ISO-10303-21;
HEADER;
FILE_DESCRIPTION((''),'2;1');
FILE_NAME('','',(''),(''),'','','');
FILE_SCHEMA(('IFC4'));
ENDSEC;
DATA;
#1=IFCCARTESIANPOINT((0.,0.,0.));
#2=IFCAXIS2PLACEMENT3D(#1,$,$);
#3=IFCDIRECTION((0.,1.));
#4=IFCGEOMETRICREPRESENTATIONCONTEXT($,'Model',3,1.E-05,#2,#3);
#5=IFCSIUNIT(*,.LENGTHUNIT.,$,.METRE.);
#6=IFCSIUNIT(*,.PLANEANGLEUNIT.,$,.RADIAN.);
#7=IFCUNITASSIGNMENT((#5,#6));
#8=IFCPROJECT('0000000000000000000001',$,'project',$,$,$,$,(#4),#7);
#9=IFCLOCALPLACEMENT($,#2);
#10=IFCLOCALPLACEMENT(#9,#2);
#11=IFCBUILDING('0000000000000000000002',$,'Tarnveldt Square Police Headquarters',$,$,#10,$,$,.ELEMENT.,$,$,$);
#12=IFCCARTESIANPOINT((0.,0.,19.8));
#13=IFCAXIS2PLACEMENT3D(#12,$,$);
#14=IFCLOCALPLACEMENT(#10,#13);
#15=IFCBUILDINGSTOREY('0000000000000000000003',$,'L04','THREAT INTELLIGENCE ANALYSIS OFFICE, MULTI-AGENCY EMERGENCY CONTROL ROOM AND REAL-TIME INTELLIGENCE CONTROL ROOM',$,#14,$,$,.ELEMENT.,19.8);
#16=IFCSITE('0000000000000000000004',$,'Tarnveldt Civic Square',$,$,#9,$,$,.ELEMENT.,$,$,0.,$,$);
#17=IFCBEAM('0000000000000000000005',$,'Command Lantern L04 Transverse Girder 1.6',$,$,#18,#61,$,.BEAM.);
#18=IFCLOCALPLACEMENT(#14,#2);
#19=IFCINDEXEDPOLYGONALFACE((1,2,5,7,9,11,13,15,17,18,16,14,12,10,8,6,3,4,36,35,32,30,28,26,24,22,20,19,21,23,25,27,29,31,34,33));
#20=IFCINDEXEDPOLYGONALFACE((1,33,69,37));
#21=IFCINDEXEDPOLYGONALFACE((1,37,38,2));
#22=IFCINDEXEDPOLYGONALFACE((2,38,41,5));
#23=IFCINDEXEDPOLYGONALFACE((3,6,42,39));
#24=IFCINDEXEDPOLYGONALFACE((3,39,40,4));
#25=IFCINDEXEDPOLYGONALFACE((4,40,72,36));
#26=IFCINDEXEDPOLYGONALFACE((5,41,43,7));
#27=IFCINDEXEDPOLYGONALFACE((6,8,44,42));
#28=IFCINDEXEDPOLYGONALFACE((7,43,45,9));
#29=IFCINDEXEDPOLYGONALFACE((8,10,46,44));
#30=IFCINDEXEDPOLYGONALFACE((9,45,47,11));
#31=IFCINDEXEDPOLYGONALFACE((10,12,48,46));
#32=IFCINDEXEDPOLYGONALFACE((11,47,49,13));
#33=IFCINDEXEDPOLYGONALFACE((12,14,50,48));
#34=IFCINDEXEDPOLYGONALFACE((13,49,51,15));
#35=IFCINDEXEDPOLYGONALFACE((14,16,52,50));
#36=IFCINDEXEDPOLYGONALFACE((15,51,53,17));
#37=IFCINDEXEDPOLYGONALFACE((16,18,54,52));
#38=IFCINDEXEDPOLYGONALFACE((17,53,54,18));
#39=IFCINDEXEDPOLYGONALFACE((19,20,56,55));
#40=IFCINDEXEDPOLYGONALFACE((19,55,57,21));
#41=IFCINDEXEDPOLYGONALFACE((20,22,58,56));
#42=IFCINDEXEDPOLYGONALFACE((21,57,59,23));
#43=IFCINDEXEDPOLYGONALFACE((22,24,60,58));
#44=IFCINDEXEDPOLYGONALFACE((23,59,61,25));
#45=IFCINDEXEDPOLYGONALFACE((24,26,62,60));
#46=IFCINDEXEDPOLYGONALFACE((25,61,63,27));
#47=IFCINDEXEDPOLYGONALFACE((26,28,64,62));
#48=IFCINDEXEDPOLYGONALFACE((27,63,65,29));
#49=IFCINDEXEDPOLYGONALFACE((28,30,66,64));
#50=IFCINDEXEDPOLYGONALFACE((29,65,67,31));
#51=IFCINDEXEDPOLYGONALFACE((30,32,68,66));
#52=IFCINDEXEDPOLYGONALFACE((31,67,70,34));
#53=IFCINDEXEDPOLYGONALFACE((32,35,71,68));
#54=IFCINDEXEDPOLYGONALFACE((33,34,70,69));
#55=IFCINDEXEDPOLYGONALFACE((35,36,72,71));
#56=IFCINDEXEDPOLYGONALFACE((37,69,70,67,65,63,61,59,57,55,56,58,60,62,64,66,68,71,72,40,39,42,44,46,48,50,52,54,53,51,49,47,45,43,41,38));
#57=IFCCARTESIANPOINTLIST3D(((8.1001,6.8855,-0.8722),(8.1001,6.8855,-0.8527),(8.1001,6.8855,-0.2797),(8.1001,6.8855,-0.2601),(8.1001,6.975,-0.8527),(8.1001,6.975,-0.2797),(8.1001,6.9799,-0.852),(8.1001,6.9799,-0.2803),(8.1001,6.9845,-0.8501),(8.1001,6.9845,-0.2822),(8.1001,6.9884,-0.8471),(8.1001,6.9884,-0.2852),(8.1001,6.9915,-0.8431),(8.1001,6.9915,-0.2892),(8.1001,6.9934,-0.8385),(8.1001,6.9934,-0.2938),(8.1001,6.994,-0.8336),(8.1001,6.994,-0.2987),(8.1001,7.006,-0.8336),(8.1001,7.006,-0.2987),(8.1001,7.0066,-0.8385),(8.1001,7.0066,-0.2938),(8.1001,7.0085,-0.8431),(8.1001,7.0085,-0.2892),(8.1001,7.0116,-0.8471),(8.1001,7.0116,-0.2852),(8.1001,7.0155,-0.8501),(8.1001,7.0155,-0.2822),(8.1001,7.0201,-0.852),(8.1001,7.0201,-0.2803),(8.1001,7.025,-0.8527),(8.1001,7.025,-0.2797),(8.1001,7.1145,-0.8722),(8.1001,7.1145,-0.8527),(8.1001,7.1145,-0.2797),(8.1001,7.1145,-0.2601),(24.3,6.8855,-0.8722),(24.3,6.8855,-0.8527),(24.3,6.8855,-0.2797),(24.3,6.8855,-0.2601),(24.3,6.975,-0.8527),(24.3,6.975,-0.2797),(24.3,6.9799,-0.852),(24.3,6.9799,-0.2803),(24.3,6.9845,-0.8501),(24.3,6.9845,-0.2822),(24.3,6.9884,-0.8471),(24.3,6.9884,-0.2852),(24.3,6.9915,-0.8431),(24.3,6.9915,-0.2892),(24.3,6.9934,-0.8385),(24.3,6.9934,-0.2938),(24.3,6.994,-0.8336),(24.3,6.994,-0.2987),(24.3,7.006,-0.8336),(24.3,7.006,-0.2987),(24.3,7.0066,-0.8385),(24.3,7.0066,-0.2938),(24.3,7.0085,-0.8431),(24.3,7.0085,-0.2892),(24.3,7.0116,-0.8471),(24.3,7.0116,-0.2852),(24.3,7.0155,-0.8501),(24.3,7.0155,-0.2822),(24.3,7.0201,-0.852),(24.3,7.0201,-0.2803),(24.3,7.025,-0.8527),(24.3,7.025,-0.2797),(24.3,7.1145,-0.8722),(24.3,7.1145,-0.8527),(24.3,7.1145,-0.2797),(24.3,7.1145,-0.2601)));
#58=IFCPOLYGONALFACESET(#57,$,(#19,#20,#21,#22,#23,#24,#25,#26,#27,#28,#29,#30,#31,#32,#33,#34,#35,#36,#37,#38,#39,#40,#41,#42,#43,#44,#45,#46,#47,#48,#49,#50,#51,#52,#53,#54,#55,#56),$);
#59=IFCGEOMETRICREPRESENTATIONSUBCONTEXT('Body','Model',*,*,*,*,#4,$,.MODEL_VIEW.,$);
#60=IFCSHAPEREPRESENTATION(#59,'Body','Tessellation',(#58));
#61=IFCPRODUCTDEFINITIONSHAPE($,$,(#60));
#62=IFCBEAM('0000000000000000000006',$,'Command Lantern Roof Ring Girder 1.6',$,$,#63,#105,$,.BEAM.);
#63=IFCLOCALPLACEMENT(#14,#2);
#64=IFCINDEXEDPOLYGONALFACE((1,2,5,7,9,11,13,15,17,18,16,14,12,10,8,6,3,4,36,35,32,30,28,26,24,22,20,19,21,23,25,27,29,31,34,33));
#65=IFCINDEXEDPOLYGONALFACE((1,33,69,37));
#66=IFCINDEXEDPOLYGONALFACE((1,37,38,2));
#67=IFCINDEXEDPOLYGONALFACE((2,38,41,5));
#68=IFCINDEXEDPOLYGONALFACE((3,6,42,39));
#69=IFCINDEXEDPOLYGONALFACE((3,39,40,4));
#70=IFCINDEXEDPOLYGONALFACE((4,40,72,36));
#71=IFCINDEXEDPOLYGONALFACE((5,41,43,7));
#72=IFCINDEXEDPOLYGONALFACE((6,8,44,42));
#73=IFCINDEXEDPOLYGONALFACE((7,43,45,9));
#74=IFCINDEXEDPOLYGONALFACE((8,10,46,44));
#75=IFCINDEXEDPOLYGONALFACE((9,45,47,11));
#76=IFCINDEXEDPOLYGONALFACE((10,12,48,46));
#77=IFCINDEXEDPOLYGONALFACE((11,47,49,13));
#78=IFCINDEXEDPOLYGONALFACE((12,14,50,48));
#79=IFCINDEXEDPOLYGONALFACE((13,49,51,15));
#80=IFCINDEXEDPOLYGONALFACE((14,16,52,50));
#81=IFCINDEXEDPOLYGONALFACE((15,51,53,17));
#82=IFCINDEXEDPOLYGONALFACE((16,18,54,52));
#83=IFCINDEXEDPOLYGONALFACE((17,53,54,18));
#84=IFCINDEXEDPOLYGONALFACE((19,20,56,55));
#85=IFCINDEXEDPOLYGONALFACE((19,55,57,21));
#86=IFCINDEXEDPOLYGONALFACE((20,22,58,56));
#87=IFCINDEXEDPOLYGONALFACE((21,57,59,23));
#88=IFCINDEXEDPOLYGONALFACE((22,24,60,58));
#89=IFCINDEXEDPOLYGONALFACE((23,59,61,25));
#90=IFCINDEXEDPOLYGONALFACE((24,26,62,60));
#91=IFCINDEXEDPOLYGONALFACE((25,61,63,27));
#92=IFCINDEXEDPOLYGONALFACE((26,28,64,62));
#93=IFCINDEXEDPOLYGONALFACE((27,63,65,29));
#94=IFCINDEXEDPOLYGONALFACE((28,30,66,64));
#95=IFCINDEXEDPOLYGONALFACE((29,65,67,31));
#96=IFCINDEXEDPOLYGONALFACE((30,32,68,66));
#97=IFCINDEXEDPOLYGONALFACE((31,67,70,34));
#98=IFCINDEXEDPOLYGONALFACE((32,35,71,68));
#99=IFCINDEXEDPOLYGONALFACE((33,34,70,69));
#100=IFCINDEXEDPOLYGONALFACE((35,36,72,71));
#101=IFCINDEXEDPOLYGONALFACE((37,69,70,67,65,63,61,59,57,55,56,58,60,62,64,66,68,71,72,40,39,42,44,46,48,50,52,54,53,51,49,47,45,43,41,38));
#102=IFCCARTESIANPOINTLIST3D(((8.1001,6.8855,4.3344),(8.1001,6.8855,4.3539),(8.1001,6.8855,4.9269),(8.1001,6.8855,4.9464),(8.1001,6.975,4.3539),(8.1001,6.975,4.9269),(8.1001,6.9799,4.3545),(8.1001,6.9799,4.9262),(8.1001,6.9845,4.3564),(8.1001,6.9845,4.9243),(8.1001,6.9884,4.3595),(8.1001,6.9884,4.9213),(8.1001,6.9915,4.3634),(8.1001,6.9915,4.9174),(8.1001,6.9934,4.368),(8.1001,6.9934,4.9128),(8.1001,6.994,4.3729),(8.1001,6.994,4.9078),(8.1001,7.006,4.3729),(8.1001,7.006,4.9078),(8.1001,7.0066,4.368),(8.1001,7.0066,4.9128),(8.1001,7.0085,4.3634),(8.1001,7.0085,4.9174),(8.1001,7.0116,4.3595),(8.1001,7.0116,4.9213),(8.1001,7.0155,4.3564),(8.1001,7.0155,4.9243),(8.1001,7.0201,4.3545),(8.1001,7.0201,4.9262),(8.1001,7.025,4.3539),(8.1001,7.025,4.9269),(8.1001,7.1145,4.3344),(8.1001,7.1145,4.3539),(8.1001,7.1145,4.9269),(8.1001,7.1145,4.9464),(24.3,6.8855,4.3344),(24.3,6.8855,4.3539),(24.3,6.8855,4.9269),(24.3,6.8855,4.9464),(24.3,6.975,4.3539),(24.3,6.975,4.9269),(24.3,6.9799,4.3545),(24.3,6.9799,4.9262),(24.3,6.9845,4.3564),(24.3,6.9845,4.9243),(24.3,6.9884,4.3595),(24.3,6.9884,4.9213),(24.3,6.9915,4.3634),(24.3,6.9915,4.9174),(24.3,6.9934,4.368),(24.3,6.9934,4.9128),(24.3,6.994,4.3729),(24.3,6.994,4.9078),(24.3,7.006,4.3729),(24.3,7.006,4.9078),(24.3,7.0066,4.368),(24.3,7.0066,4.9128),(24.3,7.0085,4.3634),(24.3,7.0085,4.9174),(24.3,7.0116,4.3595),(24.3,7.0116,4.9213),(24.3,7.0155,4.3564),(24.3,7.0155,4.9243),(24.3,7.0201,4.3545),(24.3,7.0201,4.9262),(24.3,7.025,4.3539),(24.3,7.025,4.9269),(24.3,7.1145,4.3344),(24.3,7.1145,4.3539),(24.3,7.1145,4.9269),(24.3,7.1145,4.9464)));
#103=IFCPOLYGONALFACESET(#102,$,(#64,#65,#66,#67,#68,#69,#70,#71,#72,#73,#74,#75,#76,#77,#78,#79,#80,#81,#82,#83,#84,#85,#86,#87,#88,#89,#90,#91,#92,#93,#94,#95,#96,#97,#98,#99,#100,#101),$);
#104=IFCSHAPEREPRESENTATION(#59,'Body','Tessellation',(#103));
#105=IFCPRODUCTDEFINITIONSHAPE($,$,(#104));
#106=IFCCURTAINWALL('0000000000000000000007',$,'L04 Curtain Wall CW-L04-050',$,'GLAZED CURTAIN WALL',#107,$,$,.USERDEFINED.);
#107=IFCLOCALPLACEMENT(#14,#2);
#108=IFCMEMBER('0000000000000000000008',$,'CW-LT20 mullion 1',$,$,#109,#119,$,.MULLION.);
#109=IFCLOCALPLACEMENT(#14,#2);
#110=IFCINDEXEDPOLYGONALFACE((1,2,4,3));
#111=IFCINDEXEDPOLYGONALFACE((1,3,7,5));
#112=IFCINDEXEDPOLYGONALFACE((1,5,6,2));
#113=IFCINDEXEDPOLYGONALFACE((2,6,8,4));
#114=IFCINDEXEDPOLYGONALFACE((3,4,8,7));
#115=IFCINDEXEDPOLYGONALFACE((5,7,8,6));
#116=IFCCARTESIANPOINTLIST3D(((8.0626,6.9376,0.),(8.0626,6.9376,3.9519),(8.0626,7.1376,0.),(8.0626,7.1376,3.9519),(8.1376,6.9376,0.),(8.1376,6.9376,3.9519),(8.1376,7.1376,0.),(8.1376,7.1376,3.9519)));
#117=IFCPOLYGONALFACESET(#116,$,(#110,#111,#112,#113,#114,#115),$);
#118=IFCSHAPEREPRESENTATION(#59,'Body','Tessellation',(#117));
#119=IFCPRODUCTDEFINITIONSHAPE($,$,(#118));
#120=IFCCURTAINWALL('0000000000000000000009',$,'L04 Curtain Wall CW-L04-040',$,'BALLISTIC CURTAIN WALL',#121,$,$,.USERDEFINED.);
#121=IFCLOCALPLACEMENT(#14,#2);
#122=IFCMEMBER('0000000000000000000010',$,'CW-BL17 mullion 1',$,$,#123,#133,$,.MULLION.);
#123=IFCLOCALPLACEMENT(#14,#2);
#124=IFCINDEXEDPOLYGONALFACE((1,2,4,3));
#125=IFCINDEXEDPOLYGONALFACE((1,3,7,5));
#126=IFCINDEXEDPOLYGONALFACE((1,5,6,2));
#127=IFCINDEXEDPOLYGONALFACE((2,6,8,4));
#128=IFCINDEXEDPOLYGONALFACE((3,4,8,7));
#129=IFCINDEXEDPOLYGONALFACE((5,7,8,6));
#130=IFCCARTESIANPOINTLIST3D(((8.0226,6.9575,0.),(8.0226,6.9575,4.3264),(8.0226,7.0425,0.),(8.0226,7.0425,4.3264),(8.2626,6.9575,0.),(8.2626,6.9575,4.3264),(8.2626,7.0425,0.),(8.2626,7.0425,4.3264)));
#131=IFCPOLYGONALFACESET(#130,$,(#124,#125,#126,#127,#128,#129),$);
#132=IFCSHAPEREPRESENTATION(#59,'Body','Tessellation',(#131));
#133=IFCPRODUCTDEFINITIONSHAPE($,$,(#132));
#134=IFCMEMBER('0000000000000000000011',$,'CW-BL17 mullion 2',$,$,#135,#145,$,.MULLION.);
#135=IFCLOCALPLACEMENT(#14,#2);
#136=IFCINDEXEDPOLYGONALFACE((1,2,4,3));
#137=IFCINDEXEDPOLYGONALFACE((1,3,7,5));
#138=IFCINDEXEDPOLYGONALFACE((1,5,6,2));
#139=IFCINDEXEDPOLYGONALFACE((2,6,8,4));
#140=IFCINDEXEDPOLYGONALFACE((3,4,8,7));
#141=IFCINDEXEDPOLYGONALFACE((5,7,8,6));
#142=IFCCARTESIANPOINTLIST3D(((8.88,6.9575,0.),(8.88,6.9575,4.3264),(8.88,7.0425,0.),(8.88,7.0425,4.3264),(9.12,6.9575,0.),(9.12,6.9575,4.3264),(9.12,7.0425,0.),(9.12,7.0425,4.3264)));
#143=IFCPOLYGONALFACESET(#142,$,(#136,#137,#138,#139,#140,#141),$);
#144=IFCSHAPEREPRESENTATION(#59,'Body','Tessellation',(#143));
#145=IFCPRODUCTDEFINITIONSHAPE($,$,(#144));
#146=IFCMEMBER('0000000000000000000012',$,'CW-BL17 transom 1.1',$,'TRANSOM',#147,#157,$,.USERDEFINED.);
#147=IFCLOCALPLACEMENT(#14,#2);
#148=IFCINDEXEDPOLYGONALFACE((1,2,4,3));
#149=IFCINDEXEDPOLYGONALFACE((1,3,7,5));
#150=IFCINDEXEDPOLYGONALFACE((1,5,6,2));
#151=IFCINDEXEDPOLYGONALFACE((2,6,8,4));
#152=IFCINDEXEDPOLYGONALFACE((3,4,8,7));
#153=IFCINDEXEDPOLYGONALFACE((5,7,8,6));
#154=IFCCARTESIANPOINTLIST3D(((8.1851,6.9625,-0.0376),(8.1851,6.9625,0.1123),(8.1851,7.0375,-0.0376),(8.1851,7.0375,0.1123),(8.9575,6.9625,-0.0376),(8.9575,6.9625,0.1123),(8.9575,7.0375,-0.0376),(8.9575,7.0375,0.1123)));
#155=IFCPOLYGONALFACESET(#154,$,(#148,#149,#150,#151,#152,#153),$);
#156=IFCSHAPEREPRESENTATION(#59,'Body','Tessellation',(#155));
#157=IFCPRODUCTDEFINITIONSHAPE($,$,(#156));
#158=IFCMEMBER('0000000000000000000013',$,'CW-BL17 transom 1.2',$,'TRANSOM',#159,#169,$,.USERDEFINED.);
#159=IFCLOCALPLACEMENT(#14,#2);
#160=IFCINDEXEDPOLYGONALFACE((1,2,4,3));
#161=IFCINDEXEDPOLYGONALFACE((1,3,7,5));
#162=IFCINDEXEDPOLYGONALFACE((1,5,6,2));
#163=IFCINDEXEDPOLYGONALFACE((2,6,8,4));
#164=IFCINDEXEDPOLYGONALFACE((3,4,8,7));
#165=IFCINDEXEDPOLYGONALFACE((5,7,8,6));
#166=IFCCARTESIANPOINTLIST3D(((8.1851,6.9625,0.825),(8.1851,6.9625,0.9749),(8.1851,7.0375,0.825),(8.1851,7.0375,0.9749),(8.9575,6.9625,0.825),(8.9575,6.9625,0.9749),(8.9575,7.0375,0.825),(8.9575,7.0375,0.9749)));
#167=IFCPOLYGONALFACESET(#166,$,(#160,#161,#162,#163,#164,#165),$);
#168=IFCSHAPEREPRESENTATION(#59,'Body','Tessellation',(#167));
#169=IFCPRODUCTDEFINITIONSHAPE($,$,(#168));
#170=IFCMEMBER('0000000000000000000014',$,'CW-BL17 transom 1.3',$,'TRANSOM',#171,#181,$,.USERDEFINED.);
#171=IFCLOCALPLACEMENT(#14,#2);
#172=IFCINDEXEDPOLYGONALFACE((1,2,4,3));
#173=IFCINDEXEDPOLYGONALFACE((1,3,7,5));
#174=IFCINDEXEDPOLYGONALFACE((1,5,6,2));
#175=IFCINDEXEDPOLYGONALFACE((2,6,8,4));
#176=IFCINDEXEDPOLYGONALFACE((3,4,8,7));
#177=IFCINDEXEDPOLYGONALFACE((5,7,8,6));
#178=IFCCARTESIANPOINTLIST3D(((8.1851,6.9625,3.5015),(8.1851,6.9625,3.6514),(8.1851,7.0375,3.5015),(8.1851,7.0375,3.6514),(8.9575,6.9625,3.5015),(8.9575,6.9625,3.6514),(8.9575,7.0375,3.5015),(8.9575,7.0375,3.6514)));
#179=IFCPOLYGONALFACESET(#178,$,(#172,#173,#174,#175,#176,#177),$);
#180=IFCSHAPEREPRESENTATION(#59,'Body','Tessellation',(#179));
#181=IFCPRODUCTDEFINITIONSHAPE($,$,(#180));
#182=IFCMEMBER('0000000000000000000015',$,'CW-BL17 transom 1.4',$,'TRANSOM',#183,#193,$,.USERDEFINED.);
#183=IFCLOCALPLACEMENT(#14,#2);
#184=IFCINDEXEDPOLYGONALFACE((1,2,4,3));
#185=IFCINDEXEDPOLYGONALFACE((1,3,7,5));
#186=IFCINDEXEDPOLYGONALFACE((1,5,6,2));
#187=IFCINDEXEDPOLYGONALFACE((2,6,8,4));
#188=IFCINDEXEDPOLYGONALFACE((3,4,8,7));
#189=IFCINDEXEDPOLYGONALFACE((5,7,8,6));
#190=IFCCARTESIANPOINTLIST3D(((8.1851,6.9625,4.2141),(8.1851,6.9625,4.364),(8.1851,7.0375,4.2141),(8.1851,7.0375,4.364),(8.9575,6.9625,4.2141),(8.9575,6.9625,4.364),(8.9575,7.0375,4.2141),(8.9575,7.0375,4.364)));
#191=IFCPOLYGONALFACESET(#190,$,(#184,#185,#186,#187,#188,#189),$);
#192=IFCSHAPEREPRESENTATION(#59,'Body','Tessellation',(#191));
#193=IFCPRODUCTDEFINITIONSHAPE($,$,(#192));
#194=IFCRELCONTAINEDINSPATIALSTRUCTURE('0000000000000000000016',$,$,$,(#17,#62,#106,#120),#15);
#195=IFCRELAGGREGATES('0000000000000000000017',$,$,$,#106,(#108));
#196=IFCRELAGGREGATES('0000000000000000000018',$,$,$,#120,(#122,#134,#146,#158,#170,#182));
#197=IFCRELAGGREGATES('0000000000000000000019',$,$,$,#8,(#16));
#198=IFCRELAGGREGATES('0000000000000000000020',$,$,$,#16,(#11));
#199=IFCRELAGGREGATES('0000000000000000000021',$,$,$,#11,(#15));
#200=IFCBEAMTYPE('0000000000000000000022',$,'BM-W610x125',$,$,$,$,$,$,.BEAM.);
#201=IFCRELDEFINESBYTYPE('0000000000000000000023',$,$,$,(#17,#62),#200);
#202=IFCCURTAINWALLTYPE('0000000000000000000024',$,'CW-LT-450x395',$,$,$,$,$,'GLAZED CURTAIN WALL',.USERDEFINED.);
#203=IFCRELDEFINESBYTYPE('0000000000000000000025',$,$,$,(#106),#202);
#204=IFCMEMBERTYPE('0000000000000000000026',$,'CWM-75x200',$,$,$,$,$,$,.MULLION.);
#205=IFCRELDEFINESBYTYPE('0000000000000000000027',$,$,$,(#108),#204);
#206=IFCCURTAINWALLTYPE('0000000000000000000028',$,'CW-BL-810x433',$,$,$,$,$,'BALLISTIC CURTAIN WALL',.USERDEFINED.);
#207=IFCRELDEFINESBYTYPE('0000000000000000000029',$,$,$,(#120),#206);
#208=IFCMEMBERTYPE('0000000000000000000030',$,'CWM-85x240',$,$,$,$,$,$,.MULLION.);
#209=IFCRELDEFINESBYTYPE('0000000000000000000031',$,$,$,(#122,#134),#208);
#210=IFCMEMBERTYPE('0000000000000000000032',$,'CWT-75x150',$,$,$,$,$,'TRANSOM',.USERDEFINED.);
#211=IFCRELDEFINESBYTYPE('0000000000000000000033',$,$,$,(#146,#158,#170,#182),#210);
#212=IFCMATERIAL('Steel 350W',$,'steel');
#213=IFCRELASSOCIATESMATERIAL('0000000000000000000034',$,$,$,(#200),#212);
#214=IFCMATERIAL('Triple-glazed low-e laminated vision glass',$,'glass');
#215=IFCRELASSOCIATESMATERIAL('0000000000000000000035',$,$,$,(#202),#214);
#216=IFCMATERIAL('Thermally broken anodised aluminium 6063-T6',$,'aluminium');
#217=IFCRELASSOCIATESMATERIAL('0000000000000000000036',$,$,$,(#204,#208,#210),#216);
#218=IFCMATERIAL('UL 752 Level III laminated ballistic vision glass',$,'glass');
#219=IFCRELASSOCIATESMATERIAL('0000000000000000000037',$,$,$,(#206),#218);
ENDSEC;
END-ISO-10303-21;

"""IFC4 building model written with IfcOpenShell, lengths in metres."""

from ifc_helpers import new_model, si_unit, direction, frame, origin, origin_2d, place, context, subcontext, project, spatial, rectangle, i_section, extrude, material, material_profile, profile_set, type_object, element, aggregate, save


model = new_model("IFC4")

# Units and contexts
model_context = context("Model", 3, precision=1e-05, world=origin(), true_north=direction((0.0, 1.0)))
body_context = subcontext(model_context, "Body", "Model", "MODEL_VIEW")
ifc_project = project(units=[si_unit("LENGTHUNIT", "METRE"), si_unit("PLANEANGLEUNIT", "RADIAN")], contexts=[model_context])

# Site, building, storey
site_placement = place(None, origin())
site = spatial("IfcSite", under=ifc_project, at=site_placement, Name="Tarnveldt Civic Square", CompositionType="ELEMENT", RefElevation=0.0)
building_placement = place(site_placement, origin())
building = spatial("IfcBuilding", under=site, at=building_placement, Name="Tarnveldt Square Police Headquarters", CompositionType="ELEMENT")
storey_placement = place(building_placement, frame((0.0, 0.0, 19.8)))
storey = spatial("IfcBuildingStorey", under=building, at=storey_placement, Name="L04", Description="THREAT INTELLIGENCE ANALYSIS OFFICE, MULTI-AGENCY EMERGENCY CONTROL ROOM AND REAL-TIME INTELLIGENCE CONTROL ROOM", CompositionType="ELEMENT", Elevation=19.8)

# Beams
ifc_material_1 = material(Name="Steel 350W", Category="steel")
ifc_material_profile_1 = material_profile(ifc_material_1, i_section(OverallWidth=0.229, OverallDepth=0.6121, WebThickness=0.012, FlangeThickness=0.0195, FilletRadius=0.019, at=origin_2d()), Name="W610x125")
ifc_profile_set_1 = profile_set([ifc_material_profile_1], Name="Steel 350W")
beam_type = type_object("IfcBeamType", Name="BM-W610x125", PredefinedType="BEAM", material=ifc_profile_set_1)
for number, where, z_axis, x_axis, name in (
    (1, (8.1001, 7.0, -0.5662), (1.0, 0.0, 0.0), (0.0, 1.0, 0.0), "Command Lantern L04 Transverse Girder 1.6"),
    (2, (8.1001, 7.0, 4.6404), (1.0, 0.0, 0.0), (0.0, 1.0, 0.0), "Command Lantern Roof Ring Girder 1.6"),
):
    element("IfcBeam", number, at=place(storey_placement, frame(where, z_axis=z_axis, x_axis=x_axis)), inside=storey, type_object=beam_type, Name=name, PredefinedType="BEAM", context=body_context, shape_type="SweptSolid", body=[
        extrude(i_section(OverallWidth=0.229, OverallDepth=0.6121, WebThickness=0.012, FlangeThickness=0.0195, FilletRadius=0.019, at=origin_2d()), origin(), (0.0, 0.0, 1.0), 16.2),
    ])

# Curtain wall, member
ifc_material_2 = material(Name="Triple-glazed low-e laminated vision glass", Category="glass")
curtain_wall_type_1 = type_object("IfcCurtainWallType", Name="CW-LT-450x395", ElementType="GLAZED CURTAIN WALL", PredefinedType="USERDEFINED", material=ifc_material_2)
curtain_wall_1_placement = place(storey_placement, origin())
curtain_wall_1 = element("IfcCurtainWall", 3, at=curtain_wall_1_placement, inside=storey, type_object=curtain_wall_type_1, Name="L04 Curtain Wall CW-L04-050", ObjectType="GLAZED CURTAIN WALL", PredefinedType="USERDEFINED")
ifc_material_3 = material(Name="Thermally broken anodised aluminium 6063-T6", Category="aluminium")
ifc_material_profile_2 = material_profile(ifc_material_3, rectangle(XDim=0.075, YDim=0.2, at=origin_2d()), Name="CW-M75x200")
ifc_profile_set_2 = profile_set([ifc_material_profile_2], Name="Thermally broken anodised aluminium 6063-T6")
member_type_1 = type_object("IfcMemberType", Name="CWM-75x200", PredefinedType="MULLION", material=ifc_profile_set_2)
member_1_placement = place(storey_placement, frame((8.1001, 7.0376, 0.0), z_axis=(0.0, 0.0, 1.0), x_axis=(-1.0, 0.0, 0.0)))
member_1 = element("IfcMember", 4, at=member_1_placement, type_object=member_type_1, Name="CW-LT20 mullion 1", PredefinedType="MULLION", context=body_context, shape_type="SweptSolid", body=[
    extrude(rectangle(XDim=0.075, YDim=0.2, at=origin_2d()), origin(), (0.0, 0.0, 1.0), 3.9519),
])

# Curtain wall, members
ifc_material_4 = material(Name="UL 752 Level III laminated ballistic vision glass", Category="glass")
curtain_wall_type_2 = type_object("IfcCurtainWallType", Name="CW-BL-810x433", ElementType="BALLISTIC CURTAIN WALL", PredefinedType="USERDEFINED", material=ifc_material_4)
curtain_wall_2_placement = place(storey_placement, origin())
curtain_wall_2 = element("IfcCurtainWall", 5, at=curtain_wall_2_placement, inside=storey, type_object=curtain_wall_type_2, Name="L04 Curtain Wall CW-L04-040", ObjectType="BALLISTIC CURTAIN WALL", PredefinedType="USERDEFINED")
ifc_material_profile_3 = material_profile(ifc_material_3, rectangle(XDim=0.085, YDim=0.24, at=origin_2d()), Name="CW-M85x240")
ifc_profile_set_3 = profile_set([ifc_material_profile_3], Name="Thermally broken anodised aluminium 6063-T6")
member_type_2 = type_object("IfcMemberType", Name="CWM-85x240", PredefinedType="MULLION", material=ifc_profile_set_3)
member_2_placement = place(storey_placement, frame((8.1426, 7.0, 0.0), z_axis=(0.0, 0.0, 1.0), x_axis=(0.0, 1.0, 0.0)))
member_2 = element("IfcMember", 6, at=member_2_placement, type_object=member_type_2, Name="CW-BL17 mullion 1", PredefinedType="MULLION", context=body_context, shape_type="SweptSolid", body=[
    extrude(rectangle(XDim=0.085, YDim=0.24, at=origin_2d()), origin(), (0.0, 0.0, 1.0), 4.3264),
])
member_3_placement = place(storey_placement, frame((9.0, 7.0, 0.0), z_axis=(0.0, 0.0, 1.0), x_axis=(0.0, 1.0, 0.0)))
member_3 = element("IfcMember", 7, at=member_3_placement, type_object=member_type_2, Name="CW-BL17 mullion 2", PredefinedType="MULLION", context=body_context, shape_type="SweptSolid", body=[
    extrude(rectangle(XDim=0.085, YDim=0.24, at=origin_2d()), origin(), (0.0, 0.0, 1.0), 4.3264),
])
ifc_material_profile_4 = material_profile(ifc_material_3, rectangle(XDim=0.075, YDim=0.1499, at=origin_2d()), Name="CW-T75x150")
ifc_profile_set_4 = profile_set([ifc_material_profile_4], Name="Thermally broken anodised aluminium 6063-T6")
member_type_3 = type_object("IfcMemberType", Name="CWT-75x150", ElementType="TRANSOM", PredefinedType="USERDEFINED", material=ifc_profile_set_4)
member_4_placement = place(storey_placement, frame((8.1851, 7.0, 0.0374), z_axis=(1.0, 0.0, 0.0), x_axis=(0.0, 1.0, 0.0)))
member_4 = element("IfcMember", 8, at=member_4_placement, type_object=member_type_3, Name="CW-BL17 transom 1.1", ObjectType="TRANSOM", PredefinedType="USERDEFINED", context=body_context, shape_type="SweptSolid", body=[
    extrude(rectangle(XDim=0.075, YDim=0.1499, at=origin_2d()), origin(), (0.0, 0.0, 1.0), 0.7725),
])
member_5_placement = place(storey_placement, frame((8.1851, 7.0, 0.8999), z_axis=(1.0, 0.0, 0.0), x_axis=(0.0, 1.0, 0.0)))
member_5 = element("IfcMember", 9, at=member_5_placement, type_object=member_type_3, Name="CW-BL17 transom 1.2", ObjectType="TRANSOM", PredefinedType="USERDEFINED", context=body_context, shape_type="SweptSolid", body=[
    extrude(rectangle(XDim=0.075, YDim=0.1499, at=origin_2d()), origin(), (0.0, 0.0, 1.0), 0.7725),
])
member_6_placement = place(storey_placement, frame((8.1851, 7.0, 3.5764), z_axis=(1.0, 0.0, 0.0), x_axis=(0.0, 1.0, 0.0)))
member_6 = element("IfcMember", 10, at=member_6_placement, type_object=member_type_3, Name="CW-BL17 transom 1.3", ObjectType="TRANSOM", PredefinedType="USERDEFINED", context=body_context, shape_type="SweptSolid", body=[
    extrude(rectangle(XDim=0.075, YDim=0.1499, at=origin_2d()), origin(), (0.0, 0.0, 1.0), 0.7725),
])
member_7_placement = place(storey_placement, frame((8.1851, 7.0, 4.2891), z_axis=(1.0, 0.0, 0.0), x_axis=(0.0, 1.0, 0.0)))
member_7 = element("IfcMember", 11, at=member_7_placement, type_object=member_type_3, Name="CW-BL17 transom 1.4", ObjectType="TRANSOM", PredefinedType="USERDEFINED", context=body_context, shape_type="SweptSolid", body=[
    extrude(rectangle(XDim=0.075, YDim=0.1499, at=origin_2d()), origin(), (0.0, 0.0, 1.0), 0.7725),
])

aggregate(curtain_wall_1, [member_1])

aggregate(curtain_wall_2, [member_2, member_3, member_4, member_5, member_6, member_7])

save(model, "model.ifc")
